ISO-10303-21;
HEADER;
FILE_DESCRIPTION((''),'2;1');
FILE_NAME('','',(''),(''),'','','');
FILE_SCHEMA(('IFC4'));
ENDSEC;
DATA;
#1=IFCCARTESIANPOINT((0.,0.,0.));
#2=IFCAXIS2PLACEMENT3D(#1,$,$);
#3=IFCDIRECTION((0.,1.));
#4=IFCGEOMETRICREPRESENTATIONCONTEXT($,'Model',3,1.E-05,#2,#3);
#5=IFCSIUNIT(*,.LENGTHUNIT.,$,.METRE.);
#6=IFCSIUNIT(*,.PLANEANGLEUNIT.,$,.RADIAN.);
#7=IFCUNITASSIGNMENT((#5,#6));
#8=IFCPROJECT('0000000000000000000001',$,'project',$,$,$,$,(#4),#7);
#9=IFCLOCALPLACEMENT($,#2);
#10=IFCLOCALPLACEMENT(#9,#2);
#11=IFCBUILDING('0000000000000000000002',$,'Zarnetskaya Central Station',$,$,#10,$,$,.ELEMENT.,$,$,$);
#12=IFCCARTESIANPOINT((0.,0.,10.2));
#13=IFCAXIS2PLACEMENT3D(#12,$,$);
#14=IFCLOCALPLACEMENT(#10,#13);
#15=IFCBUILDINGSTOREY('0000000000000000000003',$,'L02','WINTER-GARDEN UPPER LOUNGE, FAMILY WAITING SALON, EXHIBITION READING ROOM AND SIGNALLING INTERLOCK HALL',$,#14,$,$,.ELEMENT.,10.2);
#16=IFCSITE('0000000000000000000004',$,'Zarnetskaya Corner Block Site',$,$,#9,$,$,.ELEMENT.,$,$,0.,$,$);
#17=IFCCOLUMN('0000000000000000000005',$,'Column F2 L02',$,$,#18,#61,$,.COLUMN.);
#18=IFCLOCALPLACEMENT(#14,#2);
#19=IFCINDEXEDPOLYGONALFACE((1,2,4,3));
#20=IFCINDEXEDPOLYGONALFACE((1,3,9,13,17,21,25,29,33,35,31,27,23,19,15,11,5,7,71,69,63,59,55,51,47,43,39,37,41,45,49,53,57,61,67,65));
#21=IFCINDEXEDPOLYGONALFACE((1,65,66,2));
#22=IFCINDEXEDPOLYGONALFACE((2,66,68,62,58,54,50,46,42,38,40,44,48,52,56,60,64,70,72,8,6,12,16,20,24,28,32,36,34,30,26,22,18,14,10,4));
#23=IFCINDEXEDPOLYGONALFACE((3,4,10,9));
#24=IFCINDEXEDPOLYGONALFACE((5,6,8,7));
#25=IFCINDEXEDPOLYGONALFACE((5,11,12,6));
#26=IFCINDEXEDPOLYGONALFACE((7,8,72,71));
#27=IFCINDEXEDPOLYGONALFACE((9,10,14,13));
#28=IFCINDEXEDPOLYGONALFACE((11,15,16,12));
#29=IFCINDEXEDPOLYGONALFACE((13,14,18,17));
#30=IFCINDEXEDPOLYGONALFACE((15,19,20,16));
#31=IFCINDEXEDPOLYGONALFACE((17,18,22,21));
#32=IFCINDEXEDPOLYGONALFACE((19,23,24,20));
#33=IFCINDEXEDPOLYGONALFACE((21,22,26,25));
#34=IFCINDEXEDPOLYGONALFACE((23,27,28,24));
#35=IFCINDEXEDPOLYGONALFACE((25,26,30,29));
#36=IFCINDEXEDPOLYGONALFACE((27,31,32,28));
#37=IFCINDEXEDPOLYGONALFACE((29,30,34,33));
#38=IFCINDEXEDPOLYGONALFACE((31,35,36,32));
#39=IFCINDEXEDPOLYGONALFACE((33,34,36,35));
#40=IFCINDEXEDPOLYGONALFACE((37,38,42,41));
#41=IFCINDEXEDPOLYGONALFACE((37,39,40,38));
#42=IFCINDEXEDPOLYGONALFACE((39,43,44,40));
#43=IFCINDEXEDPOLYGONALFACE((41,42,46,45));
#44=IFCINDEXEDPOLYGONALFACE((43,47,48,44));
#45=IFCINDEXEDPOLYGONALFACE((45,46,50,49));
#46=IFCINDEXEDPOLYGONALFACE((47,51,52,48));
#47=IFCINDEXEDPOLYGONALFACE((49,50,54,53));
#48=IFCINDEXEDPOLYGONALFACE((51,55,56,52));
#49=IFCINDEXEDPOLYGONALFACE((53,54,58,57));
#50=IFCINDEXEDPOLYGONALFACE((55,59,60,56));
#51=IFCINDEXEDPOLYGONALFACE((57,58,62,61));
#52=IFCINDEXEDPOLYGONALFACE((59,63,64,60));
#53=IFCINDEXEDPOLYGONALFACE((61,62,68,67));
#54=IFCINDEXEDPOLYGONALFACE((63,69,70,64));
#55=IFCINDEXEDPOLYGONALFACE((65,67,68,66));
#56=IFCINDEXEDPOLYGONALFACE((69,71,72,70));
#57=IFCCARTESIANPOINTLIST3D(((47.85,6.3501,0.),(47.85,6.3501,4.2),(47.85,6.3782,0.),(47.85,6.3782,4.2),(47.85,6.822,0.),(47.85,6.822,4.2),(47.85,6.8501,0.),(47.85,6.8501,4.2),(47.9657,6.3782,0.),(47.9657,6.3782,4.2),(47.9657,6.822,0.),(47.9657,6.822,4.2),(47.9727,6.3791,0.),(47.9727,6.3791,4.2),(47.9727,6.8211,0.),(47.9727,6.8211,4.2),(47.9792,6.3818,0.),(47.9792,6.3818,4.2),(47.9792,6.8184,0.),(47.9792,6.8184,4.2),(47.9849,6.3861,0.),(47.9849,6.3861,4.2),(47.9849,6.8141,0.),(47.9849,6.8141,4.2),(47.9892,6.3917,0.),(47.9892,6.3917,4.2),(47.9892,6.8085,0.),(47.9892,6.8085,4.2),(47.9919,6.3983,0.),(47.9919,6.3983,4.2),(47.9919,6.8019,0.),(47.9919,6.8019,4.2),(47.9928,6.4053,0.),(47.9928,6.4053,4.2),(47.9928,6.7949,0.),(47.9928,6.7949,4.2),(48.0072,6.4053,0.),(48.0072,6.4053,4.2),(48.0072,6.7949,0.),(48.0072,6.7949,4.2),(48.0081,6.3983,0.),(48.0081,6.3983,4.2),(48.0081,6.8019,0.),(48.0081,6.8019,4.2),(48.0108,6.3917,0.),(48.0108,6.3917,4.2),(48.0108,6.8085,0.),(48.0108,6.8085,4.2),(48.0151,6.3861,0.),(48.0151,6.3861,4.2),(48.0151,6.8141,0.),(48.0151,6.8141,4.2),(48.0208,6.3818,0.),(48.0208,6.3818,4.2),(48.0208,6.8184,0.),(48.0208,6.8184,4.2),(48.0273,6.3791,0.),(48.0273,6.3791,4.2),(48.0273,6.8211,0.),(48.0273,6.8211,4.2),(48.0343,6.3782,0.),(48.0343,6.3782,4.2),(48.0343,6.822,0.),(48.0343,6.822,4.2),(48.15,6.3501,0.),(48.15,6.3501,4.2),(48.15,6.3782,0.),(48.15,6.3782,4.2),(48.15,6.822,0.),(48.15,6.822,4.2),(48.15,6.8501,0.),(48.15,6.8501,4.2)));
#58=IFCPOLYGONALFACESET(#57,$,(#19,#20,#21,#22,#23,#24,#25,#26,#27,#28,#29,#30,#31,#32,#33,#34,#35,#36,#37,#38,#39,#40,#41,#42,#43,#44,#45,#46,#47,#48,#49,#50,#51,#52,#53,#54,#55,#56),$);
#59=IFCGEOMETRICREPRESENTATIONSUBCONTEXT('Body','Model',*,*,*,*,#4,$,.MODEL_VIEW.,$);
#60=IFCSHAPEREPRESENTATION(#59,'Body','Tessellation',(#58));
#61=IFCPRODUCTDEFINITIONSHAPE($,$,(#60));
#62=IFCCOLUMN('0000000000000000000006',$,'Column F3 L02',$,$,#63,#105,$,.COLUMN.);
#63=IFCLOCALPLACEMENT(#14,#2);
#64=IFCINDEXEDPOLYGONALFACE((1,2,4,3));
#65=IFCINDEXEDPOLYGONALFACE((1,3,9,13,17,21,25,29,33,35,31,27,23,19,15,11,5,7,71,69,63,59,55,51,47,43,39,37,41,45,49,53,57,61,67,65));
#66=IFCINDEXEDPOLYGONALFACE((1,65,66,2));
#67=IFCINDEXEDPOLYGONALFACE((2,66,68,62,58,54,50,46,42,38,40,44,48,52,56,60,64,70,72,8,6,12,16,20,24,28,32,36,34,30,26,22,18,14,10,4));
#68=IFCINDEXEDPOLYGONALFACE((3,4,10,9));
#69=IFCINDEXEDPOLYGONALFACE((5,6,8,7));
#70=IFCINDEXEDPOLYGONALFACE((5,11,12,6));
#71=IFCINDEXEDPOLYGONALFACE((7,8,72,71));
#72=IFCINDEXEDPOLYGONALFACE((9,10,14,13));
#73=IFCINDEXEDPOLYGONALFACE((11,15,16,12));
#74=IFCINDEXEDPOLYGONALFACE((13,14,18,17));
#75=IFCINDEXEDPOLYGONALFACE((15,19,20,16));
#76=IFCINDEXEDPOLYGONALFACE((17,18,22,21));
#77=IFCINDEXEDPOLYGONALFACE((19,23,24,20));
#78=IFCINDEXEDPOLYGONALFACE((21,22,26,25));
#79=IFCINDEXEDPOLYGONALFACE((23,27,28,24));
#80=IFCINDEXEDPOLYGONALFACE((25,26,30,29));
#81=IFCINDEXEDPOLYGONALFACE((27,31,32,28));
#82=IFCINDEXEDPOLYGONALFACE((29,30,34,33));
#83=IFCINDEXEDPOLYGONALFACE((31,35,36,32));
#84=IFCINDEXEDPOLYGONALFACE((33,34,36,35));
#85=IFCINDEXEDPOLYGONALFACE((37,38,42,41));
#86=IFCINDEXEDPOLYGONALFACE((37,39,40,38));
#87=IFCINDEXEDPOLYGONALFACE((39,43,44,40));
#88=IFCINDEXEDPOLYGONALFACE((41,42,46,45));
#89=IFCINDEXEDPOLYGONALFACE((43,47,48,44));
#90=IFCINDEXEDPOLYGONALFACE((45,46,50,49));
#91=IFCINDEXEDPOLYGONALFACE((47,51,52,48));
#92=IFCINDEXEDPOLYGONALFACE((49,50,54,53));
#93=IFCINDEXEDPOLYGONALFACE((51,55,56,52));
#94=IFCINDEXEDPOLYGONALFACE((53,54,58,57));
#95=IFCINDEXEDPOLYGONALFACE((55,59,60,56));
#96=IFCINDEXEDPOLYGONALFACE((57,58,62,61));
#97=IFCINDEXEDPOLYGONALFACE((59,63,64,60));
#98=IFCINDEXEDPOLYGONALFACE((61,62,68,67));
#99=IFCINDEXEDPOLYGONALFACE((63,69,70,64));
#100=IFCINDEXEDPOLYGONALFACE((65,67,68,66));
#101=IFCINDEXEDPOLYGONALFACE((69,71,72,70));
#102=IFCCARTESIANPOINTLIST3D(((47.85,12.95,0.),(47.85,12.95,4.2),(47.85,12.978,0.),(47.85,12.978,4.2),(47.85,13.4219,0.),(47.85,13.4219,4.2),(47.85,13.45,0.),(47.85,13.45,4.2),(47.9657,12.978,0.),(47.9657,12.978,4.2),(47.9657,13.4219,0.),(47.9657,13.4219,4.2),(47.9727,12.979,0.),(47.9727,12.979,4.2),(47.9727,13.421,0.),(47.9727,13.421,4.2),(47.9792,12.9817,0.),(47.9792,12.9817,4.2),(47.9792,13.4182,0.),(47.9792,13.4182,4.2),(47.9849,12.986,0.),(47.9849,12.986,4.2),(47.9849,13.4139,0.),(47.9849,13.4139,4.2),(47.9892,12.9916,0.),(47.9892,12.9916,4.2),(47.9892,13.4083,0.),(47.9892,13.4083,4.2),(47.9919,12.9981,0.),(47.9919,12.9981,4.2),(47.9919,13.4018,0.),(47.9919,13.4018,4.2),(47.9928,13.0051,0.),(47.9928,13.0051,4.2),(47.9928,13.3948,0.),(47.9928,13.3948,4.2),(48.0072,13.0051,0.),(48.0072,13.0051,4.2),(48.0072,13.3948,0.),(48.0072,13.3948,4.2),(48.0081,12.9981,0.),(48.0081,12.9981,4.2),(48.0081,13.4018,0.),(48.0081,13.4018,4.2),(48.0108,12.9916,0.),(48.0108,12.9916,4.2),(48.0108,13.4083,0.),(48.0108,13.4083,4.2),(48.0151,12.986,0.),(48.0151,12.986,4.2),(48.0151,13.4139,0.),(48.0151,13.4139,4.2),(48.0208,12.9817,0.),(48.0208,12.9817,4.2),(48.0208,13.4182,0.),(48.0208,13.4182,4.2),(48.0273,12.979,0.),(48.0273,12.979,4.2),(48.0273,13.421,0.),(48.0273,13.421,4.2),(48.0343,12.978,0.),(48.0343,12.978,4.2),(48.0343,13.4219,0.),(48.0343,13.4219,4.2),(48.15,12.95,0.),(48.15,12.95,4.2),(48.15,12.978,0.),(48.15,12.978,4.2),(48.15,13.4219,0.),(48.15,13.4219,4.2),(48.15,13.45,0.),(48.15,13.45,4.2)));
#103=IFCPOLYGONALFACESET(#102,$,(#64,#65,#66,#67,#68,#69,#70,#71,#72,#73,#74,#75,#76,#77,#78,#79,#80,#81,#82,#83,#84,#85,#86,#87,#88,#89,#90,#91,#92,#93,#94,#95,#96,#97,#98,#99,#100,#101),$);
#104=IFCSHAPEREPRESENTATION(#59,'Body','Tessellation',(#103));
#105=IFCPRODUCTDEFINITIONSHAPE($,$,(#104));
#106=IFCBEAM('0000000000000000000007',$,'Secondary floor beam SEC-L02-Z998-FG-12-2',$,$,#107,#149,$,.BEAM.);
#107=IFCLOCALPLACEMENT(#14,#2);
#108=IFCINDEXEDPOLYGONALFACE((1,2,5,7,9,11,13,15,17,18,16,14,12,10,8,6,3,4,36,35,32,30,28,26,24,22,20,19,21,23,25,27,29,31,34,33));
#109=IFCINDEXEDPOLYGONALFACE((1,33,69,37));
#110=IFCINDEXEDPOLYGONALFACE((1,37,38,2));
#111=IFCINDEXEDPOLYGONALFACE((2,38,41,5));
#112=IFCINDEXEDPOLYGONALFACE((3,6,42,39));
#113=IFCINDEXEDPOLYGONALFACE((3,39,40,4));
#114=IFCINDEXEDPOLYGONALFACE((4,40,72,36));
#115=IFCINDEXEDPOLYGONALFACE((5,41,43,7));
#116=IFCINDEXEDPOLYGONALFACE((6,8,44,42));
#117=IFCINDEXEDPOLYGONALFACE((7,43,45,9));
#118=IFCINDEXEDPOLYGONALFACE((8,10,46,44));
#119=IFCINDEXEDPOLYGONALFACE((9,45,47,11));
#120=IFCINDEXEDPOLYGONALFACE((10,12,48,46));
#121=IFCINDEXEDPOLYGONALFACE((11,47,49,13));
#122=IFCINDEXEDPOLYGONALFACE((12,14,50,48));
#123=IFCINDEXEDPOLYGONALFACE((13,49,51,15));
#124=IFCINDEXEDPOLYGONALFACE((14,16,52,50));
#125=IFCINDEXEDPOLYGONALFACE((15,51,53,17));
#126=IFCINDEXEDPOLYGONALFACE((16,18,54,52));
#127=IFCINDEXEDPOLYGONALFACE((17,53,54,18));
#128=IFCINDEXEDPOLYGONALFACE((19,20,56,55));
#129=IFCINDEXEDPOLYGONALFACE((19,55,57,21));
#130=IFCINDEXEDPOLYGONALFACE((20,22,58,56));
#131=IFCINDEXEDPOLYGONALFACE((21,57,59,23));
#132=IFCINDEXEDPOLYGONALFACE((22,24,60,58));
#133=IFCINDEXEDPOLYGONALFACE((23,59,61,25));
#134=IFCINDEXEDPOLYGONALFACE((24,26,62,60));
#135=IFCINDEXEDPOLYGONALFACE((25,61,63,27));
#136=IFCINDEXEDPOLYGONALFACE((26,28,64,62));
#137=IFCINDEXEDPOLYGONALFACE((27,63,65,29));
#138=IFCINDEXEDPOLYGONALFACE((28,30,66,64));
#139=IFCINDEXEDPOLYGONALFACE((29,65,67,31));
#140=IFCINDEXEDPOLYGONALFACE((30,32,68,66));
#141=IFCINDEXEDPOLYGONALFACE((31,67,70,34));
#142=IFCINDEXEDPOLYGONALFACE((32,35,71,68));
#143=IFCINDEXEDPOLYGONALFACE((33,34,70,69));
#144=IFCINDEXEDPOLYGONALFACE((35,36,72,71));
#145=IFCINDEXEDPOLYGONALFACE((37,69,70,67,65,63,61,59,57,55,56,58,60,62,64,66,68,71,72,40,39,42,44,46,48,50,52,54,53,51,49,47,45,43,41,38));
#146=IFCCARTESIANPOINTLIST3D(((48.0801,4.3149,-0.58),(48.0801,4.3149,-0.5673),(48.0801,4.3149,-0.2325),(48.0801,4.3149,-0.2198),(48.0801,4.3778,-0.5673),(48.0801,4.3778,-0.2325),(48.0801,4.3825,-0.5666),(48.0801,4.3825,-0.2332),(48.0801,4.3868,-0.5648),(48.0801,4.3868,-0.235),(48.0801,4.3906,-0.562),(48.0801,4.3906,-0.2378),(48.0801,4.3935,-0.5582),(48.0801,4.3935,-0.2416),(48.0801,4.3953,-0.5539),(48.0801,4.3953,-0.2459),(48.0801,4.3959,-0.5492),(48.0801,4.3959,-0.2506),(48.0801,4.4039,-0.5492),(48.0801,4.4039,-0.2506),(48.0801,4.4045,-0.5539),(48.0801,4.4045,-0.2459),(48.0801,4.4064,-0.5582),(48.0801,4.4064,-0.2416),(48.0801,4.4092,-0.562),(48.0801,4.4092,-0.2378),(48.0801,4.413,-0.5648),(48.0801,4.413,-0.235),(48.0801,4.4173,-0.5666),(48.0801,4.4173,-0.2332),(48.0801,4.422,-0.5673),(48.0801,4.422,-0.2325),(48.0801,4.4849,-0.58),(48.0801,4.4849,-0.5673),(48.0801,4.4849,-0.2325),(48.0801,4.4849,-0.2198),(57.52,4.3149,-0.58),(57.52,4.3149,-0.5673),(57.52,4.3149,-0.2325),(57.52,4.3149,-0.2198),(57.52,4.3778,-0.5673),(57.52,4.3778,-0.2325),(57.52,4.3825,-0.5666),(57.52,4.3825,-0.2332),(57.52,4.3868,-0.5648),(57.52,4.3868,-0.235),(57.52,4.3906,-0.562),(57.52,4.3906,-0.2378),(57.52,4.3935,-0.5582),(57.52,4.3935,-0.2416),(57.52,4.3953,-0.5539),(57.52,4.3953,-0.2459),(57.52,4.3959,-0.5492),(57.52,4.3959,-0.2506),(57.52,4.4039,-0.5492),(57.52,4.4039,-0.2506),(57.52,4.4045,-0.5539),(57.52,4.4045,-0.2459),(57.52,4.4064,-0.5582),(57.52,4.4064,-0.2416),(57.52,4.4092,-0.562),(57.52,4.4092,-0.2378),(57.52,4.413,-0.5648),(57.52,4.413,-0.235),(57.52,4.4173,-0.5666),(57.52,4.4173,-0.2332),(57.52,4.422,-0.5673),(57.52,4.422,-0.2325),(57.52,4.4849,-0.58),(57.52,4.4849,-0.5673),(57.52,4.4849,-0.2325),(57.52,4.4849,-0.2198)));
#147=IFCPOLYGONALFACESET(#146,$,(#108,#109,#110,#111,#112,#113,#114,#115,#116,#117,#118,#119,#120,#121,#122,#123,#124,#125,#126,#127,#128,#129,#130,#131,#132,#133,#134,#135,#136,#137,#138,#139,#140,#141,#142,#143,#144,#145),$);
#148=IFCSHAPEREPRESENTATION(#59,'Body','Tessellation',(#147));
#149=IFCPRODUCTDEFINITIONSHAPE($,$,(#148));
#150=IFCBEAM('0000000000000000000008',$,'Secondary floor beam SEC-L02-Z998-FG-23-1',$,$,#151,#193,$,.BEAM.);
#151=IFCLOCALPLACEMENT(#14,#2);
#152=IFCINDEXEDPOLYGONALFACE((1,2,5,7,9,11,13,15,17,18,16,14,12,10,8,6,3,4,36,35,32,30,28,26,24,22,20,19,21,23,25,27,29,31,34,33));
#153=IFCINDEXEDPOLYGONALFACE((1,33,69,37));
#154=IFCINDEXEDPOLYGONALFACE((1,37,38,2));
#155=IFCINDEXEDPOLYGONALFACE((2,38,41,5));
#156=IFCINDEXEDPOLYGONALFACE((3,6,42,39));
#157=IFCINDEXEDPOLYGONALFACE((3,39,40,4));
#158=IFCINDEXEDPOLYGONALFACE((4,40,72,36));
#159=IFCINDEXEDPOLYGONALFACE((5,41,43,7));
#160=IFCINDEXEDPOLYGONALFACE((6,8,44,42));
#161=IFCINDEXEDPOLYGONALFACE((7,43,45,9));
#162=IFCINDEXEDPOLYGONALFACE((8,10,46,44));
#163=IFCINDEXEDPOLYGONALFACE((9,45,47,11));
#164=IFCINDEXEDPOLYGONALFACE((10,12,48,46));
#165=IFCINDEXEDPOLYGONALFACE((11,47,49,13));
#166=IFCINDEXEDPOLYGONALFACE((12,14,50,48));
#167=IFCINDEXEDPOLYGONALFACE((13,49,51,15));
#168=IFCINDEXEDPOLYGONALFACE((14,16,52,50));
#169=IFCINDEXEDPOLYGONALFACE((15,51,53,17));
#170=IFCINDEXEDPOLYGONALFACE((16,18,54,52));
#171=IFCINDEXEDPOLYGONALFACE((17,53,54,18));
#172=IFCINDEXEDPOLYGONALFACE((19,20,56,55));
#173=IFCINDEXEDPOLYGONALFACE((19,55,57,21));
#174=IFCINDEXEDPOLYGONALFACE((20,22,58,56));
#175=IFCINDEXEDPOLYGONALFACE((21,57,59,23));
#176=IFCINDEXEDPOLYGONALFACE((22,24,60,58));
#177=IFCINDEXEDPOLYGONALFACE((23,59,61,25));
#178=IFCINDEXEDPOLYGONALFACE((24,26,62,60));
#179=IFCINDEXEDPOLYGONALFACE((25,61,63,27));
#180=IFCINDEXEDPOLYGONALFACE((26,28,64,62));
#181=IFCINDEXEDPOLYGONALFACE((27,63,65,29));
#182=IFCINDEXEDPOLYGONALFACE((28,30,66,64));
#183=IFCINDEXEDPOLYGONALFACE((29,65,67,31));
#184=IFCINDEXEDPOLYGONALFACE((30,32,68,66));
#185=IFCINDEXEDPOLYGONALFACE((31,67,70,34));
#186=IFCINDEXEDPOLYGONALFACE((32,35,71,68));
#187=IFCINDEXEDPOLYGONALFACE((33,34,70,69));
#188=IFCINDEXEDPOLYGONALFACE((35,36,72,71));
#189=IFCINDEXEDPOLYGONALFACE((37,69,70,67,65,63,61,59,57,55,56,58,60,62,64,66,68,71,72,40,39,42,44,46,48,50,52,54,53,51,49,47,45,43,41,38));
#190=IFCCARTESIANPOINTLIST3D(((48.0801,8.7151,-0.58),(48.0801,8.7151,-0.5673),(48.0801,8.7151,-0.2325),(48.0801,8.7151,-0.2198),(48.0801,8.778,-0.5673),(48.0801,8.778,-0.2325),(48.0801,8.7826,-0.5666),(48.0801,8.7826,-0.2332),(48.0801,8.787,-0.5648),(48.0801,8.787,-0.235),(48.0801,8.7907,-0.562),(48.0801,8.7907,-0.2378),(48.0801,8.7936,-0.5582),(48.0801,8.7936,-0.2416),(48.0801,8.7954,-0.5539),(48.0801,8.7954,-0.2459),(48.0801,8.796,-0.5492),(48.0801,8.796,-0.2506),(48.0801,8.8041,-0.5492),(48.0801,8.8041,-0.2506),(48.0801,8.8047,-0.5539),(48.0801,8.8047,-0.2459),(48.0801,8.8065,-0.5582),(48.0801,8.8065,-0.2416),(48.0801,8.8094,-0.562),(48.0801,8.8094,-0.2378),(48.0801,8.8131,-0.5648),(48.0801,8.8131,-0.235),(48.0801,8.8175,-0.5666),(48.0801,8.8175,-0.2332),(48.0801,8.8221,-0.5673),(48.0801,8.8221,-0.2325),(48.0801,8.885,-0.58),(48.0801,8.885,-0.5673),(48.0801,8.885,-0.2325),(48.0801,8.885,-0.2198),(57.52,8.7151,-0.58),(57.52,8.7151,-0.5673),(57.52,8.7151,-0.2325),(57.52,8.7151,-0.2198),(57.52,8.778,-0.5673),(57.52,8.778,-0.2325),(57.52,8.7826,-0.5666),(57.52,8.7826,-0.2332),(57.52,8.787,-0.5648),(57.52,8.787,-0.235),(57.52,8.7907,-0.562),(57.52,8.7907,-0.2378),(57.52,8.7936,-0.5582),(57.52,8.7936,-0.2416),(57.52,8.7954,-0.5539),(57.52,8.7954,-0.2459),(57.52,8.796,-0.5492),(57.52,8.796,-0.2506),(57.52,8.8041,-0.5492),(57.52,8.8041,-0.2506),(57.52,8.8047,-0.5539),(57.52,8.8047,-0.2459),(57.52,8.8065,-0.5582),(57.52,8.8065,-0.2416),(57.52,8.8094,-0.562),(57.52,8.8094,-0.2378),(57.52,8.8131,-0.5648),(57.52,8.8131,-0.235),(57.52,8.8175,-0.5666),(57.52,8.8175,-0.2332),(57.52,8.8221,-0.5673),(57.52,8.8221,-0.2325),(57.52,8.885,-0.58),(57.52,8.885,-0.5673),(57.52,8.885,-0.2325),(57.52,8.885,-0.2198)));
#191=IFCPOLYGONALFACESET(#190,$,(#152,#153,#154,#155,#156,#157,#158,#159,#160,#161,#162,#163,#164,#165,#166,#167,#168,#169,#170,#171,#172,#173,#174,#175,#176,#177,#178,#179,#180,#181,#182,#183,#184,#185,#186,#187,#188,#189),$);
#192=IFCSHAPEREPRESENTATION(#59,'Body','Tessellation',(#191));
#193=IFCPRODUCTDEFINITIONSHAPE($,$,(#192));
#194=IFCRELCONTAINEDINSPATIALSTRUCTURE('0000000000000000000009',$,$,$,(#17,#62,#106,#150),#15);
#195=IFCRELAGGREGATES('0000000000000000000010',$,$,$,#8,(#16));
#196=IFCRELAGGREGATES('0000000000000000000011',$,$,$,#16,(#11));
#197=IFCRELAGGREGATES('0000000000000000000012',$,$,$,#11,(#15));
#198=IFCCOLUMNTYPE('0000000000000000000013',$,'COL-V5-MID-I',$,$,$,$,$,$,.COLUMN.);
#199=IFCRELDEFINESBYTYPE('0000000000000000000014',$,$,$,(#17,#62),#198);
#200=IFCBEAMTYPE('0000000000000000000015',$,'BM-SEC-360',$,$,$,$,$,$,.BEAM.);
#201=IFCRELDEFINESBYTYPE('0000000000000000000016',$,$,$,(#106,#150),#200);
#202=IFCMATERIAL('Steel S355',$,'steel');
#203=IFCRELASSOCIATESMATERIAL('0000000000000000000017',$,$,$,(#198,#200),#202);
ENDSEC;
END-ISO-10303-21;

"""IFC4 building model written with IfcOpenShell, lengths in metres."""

from ifc_helpers import new_model, si_unit, direction, frame, origin, origin_2d, place, context, subcontext, project, spatial, i_section, extrude, material, material_profile, profile_set, type_object, element, save


model = new_model("IFC4")

# Units and contexts
model_context = context("Model", 3, precision=1e-05, world=origin(), true_north=direction((0.0, 1.0)))
body_context = subcontext(model_context, "Body", "Model", "MODEL_VIEW")
ifc_project = project(units=[si_unit("LENGTHUNIT", "METRE"), si_unit("PLANEANGLEUNIT", "RADIAN")], contexts=[model_context])

# Site, building, storey
site_placement = place(None, origin())
site = spatial("IfcSite", under=ifc_project, at=site_placement, Name="Zarnetskaya Corner Block Site", CompositionType="ELEMENT", RefElevation=0.0)
building_placement = place(site_placement, origin())
building = spatial("IfcBuilding", under=site, at=building_placement, Name="Zarnetskaya Central Station", CompositionType="ELEMENT")
storey_placement = place(building_placement, frame((0.0, 0.0, 10.2)))
storey = spatial("IfcBuildingStorey", under=building, at=storey_placement, Name="L02", Description="WINTER-GARDEN UPPER LOUNGE, FAMILY WAITING SALON, EXHIBITION READING ROOM AND SIGNALLING INTERLOCK HALL", CompositionType="ELEMENT", Elevation=10.2)

# Columns
ifc_material_1 = material(Name="Steel S355", Category="steel")
ifc_material_profile_1 = material_profile(ifc_material_1, i_section(OverallWidth=0.3, OverallDepth=0.5, WebThickness=0.0144, FlangeThickness=0.0281, FilletRadius=0.0271, at=origin_2d()), Name="HEB 500")
ifc_profile_set_1 = profile_set([ifc_material_profile_1], Name="Steel S355")
column_type = type_object("IfcColumnType", Name="COL-V5-MID-I", PredefinedType="COLUMN", material=ifc_profile_set_1)
for number, where, z_axis, x_axis, name in (
    (1, (48.0, 6.6001, 0.0), (0.0, 0.0, 1.0), (1.0, 0.0, 0.0), "Column F2 L02"),
    (2, (48.0, 13.2, 0.0), (0.0, 0.0, 1.0), (1.0, 0.0, 0.0), "Column F3 L02"),
):
    element("IfcColumn", number, at=place(storey_placement, frame(where, z_axis=z_axis, x_axis=x_axis)), inside=storey, type_object=column_type, Name=name, PredefinedType="COLUMN", context=body_context, shape_type="SweptSolid", body=[
        extrude(i_section(OverallWidth=0.3, OverallDepth=0.5, WebThickness=0.0144, FlangeThickness=0.0281, FilletRadius=0.0271, at=origin_2d()), origin(), (0.0, 0.0, 1.0), 4.2),
    ])

# Beams
ifc_material_profile_2 = material_profile(ifc_material_1, i_section(OverallWidth=0.1699, OverallDepth=0.3601, WebThickness=0.0081, FlangeThickness=0.0127, FilletRadius=0.0181, at=origin_2d()), Name="IPE 360")
ifc_profile_set_2 = profile_set([ifc_material_profile_2], Name="Steel S355")
beam_type_1 = type_object("IfcBeamType", Name="BM-SEC-360", PredefinedType="BEAM", material=ifc_profile_set_2)
for number, where, z_axis, x_axis, name in (
    (3, (48.0801, 4.3999, -0.3999), (1.0, 0.0, 0.0), (0.0, 1.0, 0.0), "Secondary floor beam SEC-L02-Z998-FG-12-2"),
    (4, (48.0801, 8.8, -0.3999), (1.0, 0.0, 0.0), (0.0, 1.0, 0.0), "Secondary floor beam SEC-L02-Z998-FG-23-1"),
):
    element("IfcBeam", number, at=place(storey_placement, frame(where, z_axis=z_axis, x_axis=x_axis)), inside=storey, type_object=beam_type_1, Name=name, PredefinedType="BEAM", context=body_context, shape_type="SweptSolid", body=[
        extrude(i_section(OverallWidth=0.1699, OverallDepth=0.3601, WebThickness=0.0081, FlangeThickness=0.0127, FilletRadius=0.0181, at=origin_2d()), origin(), (0.0, 0.0, 1.0), 9.4399),
    ])

save(model, "model.ifc")
